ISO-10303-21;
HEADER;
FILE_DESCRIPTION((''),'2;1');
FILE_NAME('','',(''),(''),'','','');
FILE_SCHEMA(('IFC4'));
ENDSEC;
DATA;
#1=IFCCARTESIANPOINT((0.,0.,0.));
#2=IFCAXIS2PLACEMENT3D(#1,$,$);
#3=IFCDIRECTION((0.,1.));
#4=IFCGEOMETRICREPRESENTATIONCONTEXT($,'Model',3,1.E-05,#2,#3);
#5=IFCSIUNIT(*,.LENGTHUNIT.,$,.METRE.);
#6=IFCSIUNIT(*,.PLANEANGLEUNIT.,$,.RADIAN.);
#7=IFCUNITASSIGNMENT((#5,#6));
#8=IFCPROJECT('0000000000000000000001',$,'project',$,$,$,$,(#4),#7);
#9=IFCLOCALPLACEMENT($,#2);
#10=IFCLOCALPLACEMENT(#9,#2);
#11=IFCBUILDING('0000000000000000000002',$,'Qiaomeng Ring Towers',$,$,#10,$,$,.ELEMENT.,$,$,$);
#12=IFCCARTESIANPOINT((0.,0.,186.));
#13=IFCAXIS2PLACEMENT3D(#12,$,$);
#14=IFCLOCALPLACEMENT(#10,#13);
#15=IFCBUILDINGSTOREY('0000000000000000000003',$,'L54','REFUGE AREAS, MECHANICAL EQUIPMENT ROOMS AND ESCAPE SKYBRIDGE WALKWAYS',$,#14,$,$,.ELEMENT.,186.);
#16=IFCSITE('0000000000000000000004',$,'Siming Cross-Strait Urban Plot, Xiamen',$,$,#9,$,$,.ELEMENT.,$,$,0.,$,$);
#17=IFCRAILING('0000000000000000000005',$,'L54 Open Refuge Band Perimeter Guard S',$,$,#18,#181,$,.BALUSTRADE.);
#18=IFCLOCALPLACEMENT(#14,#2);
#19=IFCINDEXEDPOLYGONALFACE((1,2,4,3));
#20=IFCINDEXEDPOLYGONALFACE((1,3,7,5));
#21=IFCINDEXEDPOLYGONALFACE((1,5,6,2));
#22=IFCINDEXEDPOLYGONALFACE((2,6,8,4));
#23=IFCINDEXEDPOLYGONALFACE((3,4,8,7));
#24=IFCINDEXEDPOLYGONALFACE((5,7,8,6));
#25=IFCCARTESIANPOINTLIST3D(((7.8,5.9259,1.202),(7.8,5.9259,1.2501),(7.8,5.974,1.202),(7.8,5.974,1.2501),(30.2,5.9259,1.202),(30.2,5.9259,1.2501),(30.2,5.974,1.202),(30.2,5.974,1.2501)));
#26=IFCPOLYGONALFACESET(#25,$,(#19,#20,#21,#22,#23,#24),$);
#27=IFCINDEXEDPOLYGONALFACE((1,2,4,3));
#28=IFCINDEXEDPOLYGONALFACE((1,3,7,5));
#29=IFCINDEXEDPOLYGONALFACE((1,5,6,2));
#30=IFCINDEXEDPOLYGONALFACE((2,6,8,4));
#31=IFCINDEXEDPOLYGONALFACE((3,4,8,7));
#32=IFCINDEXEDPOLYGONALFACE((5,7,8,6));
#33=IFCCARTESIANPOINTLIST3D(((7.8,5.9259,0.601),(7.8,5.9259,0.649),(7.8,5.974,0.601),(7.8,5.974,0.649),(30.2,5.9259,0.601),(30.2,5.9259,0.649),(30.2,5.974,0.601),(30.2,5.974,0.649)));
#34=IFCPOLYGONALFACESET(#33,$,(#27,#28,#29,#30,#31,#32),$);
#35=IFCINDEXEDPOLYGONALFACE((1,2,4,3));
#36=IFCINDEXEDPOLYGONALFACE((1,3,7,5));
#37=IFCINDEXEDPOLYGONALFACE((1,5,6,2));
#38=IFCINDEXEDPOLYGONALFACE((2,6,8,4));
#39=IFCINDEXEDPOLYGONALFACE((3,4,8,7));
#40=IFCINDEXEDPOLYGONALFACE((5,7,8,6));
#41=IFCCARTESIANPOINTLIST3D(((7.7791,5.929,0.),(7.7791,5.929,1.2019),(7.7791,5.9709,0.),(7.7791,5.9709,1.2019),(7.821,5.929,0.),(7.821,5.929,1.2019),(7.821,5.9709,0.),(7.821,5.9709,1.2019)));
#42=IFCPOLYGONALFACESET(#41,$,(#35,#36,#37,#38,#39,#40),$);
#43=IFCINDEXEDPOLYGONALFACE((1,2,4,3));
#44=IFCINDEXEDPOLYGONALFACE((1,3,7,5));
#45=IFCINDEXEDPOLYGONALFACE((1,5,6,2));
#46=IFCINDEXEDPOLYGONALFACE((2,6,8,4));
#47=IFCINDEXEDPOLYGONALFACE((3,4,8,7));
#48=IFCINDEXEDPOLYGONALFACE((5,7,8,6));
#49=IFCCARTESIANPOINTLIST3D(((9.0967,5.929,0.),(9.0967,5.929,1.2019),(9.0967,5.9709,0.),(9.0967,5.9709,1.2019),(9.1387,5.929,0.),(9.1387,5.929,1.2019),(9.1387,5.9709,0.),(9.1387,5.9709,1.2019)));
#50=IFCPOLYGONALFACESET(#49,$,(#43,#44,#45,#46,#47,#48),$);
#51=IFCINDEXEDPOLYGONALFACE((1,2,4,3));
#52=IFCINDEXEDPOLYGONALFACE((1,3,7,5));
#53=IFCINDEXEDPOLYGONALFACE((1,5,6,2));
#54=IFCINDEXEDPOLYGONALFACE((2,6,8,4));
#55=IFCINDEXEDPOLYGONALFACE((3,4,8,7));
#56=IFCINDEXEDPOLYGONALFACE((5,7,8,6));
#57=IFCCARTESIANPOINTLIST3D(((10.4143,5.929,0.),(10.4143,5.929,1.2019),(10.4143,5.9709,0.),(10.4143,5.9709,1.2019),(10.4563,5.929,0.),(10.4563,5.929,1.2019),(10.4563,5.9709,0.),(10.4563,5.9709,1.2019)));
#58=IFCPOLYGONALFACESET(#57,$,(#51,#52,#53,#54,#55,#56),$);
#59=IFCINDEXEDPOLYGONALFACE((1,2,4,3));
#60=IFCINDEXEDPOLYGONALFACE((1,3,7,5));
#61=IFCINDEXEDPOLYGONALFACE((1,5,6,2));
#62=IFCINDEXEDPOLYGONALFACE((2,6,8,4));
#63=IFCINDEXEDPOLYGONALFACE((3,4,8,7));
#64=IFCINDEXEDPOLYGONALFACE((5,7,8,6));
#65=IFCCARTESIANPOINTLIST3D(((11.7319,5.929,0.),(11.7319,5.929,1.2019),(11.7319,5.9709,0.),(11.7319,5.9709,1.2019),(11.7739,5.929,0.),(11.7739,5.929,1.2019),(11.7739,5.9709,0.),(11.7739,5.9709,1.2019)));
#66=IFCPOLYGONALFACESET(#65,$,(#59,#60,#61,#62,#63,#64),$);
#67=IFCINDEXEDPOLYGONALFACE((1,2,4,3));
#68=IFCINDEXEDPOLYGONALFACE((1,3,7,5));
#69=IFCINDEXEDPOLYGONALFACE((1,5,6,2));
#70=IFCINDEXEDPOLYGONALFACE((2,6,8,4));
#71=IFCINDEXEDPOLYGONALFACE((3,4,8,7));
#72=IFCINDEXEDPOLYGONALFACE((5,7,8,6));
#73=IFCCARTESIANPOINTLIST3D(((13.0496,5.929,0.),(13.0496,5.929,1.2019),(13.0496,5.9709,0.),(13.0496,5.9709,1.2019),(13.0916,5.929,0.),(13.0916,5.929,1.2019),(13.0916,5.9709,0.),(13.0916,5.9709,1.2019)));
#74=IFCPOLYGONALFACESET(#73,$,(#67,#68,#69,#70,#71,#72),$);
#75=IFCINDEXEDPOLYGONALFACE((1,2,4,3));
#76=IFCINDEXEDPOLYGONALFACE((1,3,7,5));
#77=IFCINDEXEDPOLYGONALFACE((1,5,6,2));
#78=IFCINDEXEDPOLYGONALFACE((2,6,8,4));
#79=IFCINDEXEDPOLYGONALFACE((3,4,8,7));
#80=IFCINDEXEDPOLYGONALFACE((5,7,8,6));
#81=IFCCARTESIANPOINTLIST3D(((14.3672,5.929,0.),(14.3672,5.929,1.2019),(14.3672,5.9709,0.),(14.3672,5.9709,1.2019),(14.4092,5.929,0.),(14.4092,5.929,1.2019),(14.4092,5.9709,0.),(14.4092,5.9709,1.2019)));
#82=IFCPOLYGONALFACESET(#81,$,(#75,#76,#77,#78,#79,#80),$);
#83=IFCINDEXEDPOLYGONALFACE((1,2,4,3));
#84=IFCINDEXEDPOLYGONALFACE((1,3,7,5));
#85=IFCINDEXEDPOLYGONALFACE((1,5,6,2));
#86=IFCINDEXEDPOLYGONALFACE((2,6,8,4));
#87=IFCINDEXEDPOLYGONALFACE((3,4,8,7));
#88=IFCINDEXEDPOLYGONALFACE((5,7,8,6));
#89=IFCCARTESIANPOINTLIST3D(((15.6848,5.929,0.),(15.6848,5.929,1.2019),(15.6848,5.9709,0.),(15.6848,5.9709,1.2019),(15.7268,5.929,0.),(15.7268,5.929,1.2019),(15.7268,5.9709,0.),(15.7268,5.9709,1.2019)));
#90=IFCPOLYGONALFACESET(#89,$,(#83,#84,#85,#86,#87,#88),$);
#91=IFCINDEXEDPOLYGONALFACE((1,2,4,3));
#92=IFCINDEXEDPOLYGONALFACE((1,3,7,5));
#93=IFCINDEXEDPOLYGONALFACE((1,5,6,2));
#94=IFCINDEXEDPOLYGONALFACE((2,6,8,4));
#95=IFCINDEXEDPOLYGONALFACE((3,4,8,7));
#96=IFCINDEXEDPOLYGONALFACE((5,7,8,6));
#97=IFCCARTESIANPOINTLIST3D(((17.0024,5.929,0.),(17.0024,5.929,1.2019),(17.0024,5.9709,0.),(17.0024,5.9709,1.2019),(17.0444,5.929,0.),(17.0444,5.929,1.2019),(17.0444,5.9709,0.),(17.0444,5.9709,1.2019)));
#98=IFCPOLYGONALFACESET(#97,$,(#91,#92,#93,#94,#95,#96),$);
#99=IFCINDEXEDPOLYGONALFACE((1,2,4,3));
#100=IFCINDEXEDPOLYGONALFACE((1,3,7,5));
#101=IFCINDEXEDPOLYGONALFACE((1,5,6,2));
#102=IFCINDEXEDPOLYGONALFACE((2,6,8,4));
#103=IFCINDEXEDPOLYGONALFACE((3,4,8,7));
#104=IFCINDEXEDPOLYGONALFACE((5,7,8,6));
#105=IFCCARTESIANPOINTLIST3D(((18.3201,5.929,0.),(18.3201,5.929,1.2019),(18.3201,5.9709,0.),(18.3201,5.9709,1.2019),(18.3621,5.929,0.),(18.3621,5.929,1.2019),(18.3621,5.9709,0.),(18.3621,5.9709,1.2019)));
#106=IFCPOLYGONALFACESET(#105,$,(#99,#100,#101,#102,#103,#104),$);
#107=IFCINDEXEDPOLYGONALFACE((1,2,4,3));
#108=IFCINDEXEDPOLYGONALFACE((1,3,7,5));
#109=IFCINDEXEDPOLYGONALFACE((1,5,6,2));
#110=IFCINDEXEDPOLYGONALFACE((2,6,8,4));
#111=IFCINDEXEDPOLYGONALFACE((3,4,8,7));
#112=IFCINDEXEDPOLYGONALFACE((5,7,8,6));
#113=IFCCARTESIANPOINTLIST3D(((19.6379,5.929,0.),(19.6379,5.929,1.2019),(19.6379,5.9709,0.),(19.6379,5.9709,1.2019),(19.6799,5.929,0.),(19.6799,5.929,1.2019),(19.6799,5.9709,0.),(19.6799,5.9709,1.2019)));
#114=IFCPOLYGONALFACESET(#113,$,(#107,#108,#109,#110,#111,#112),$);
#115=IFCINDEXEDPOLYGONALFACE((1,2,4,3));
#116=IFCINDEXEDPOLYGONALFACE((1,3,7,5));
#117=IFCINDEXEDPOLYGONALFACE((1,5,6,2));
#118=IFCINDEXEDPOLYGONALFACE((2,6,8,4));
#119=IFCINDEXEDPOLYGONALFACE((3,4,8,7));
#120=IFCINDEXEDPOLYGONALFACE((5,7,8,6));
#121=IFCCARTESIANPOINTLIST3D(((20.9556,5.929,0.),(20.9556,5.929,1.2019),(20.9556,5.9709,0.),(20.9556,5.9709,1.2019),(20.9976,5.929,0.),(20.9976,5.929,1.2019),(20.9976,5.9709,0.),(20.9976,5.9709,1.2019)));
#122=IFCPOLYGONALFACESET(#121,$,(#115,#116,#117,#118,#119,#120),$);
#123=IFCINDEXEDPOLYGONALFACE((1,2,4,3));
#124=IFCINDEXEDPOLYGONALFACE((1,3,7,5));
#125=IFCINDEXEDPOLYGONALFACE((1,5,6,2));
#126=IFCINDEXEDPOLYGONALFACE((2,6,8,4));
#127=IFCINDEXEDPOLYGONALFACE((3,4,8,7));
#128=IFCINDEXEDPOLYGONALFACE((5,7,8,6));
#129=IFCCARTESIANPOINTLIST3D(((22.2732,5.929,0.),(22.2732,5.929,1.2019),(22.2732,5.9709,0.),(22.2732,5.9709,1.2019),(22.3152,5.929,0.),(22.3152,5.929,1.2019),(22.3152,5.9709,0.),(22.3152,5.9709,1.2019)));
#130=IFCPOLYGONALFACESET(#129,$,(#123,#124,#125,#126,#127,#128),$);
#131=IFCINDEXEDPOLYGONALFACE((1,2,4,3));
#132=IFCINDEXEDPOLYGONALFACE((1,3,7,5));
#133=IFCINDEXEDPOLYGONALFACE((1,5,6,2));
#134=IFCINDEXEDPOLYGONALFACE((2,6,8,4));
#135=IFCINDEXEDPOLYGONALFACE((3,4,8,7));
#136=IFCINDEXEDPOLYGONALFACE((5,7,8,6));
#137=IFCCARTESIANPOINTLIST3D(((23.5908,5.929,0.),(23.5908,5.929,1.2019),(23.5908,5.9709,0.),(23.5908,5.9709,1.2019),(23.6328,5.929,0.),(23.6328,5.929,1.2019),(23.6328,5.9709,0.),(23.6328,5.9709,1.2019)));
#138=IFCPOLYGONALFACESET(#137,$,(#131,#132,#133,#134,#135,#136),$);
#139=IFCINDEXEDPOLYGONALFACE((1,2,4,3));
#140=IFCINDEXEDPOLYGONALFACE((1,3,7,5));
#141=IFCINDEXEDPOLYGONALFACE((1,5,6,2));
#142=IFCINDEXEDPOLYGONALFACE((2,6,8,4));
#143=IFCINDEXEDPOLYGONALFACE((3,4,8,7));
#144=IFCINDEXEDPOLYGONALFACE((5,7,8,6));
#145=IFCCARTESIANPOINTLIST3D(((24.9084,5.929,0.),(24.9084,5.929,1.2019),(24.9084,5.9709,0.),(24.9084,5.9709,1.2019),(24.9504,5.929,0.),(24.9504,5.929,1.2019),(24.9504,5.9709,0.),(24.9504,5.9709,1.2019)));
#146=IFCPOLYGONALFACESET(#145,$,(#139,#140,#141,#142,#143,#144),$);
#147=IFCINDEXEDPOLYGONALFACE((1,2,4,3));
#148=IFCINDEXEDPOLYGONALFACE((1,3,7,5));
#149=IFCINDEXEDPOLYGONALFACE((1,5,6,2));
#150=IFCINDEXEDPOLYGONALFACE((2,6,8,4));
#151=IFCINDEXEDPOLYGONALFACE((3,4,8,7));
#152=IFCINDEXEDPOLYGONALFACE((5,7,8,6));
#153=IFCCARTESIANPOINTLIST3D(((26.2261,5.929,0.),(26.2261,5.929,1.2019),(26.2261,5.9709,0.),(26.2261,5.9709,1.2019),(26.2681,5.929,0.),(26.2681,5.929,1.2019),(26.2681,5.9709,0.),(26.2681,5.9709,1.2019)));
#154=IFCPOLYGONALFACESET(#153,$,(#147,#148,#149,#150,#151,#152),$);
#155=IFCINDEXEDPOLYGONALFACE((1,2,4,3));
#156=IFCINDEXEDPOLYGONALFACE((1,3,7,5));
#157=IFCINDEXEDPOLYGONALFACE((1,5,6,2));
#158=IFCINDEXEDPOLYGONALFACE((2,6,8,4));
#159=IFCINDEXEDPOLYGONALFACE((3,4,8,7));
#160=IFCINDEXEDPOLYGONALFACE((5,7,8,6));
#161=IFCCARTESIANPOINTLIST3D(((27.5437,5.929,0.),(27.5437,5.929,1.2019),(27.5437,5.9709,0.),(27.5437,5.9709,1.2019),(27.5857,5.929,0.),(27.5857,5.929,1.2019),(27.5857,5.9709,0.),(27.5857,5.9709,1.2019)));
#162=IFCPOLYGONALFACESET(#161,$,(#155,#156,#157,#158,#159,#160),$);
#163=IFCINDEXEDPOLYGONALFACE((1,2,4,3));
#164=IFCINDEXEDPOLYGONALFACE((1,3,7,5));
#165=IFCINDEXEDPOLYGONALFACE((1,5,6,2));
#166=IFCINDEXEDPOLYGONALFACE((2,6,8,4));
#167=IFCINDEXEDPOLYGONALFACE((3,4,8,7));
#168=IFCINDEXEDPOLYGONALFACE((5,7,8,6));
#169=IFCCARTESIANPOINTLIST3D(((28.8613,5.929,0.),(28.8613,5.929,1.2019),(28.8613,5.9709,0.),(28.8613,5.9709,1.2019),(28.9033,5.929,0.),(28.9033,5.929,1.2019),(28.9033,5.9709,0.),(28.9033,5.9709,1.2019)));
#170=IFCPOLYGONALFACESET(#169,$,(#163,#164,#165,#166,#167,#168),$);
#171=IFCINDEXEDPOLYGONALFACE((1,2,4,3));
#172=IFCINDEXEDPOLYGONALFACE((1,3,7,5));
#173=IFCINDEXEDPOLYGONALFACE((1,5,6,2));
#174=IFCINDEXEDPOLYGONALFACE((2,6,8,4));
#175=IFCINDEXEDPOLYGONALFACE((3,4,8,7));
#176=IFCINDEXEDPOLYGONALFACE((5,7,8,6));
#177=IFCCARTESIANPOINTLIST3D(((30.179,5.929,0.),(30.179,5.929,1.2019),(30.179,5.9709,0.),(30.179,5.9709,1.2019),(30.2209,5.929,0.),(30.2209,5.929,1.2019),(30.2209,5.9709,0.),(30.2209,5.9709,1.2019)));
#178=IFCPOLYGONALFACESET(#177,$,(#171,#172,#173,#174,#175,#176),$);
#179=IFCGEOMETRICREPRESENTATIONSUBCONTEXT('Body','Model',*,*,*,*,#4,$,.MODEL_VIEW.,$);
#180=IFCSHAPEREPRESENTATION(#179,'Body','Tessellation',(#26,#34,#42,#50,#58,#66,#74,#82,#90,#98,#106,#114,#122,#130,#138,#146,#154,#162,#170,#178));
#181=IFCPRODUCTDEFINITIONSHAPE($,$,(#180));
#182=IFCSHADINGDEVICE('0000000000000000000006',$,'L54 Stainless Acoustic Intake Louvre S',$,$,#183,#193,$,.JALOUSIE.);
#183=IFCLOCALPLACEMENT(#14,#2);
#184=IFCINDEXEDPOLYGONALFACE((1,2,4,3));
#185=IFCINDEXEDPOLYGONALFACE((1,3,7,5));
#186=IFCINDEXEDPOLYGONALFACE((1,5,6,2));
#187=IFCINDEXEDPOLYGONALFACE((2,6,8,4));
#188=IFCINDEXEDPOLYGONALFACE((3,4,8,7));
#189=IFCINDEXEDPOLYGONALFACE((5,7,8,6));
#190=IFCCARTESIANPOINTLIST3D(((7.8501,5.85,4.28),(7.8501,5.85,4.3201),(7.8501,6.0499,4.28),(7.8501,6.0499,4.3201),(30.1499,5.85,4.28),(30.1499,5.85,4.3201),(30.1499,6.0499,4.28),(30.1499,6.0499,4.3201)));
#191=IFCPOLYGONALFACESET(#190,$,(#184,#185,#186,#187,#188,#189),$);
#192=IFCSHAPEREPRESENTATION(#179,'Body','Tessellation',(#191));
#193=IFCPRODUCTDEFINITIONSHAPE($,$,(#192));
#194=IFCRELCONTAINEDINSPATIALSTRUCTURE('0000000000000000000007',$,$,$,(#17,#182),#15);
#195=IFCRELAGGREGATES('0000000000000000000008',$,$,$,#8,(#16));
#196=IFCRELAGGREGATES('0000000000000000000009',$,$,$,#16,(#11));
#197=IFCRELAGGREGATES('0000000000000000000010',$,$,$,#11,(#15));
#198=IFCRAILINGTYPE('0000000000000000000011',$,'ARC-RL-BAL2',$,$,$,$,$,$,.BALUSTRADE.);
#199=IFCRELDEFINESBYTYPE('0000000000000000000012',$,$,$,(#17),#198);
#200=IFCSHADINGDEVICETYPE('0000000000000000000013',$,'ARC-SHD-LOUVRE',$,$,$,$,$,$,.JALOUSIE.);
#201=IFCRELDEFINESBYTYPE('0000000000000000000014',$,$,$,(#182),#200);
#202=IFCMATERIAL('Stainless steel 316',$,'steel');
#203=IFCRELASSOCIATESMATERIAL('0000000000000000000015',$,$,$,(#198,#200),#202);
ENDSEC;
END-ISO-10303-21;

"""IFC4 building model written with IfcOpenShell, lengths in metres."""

from ifc_helpers import new_model, si_unit, direction, frame, origin, origin_2d, place, context, subcontext, project, spatial, rectangle, extrude, source, transform, mapped, material, material_profile, profile_set, type_object, element, save


model = new_model("IFC4")

# Units and contexts
model_context = context("Model", 3, precision=1e-05, world=origin(), true_north=direction((0.0, 1.0)))
body_context = subcontext(model_context, "Body", "Model", "MODEL_VIEW")
ifc_project = project(units=[si_unit("LENGTHUNIT", "METRE"), si_unit("PLANEANGLEUNIT", "RADIAN")], contexts=[model_context])

# Site, building, storey
site_placement = place(None, origin())
site = spatial("IfcSite", under=ifc_project, at=site_placement, Name="Siming Cross-Strait Urban Plot, Xiamen", CompositionType="ELEMENT", RefElevation=0.0)
building_placement = place(site_placement, origin())
building = spatial("IfcBuilding", under=site, at=building_placement, Name="Qiaomeng Ring Towers", CompositionType="ELEMENT")
storey_placement = place(building_placement, frame((0.0, 0.0, 186.0)))
storey = spatial("IfcBuildingStorey", under=building, at=storey_placement, Name="L54", Description="REFUGE AREAS, MECHANICAL EQUIPMENT ROOMS AND ESCAPE SKYBRIDGE WALKWAYS", CompositionType="ELEMENT", Elevation=186.0)

# Shared definitions
ifc_material_1 = material(Name="Stainless steel 316", Category="steel")

# Railing
railing_type = type_object("IfcRailingType", Name="ARC-RL-BAL2", PredefinedType="BALUSTRADE", material=ifc_material_1)
railing_placement = place(storey_placement, frame((7.8, 5.95, 0.0)))
element("IfcRailing", 1, at=railing_placement, inside=storey, type_object=railing_type, Name="L54 Open Refuge Band Perimeter Guard S", PredefinedType="BALUSTRADE", context=body_context, shape_type="SweptSolid", body=[
    extrude(rectangle(XDim=0.0481, YDim=0.0481, at=origin_2d()), frame((0.0, 0.0, 1.2261), z_axis=(1.0, 0.0, 0.0), x_axis=(0.0, 1.0, 0.0)), (0.0, 0.0, 1.0), 22.3999),
    extrude(rectangle(XDim=0.0481, YDim=0.0481, at=origin_2d()), frame((0.0, 0.0, 0.625), z_axis=(1.0, 0.0, 0.0), x_axis=(0.0, 1.0, 0.0)), (0.0, 0.0, 1.0), 22.3999),
    extrude(rectangle(XDim=0.042, YDim=0.042, at=origin_2d()), origin(), (0.0, 0.0, 1.0), 1.2019),
    extrude(rectangle(XDim=0.042, YDim=0.042, at=origin_2d()), frame((1.3176, 0.0, 0.0)), (0.0, 0.0, 1.0), 1.2019),
    extrude(rectangle(XDim=0.042, YDim=0.042, at=origin_2d()), frame((2.6353, 0.0, 0.0)), (0.0, 0.0, 1.0), 1.2019),
    extrude(rectangle(XDim=0.042, YDim=0.042, at=origin_2d()), frame((3.9529, 0.0, 0.0)), (0.0, 0.0, 1.0), 1.2019),
    extrude(rectangle(XDim=0.042, YDim=0.042, at=origin_2d()), frame((5.2705, 0.0, 0.0)), (0.0, 0.0, 1.0), 1.2019),
    extrude(rectangle(XDim=0.042, YDim=0.042, at=origin_2d()), frame((6.5881, 0.0, 0.0)), (0.0, 0.0, 1.0), 1.2019),
    extrude(rectangle(XDim=0.042, YDim=0.042, at=origin_2d()), frame((7.9058, 0.0, 0.0)), (0.0, 0.0, 1.0), 1.2019),
    extrude(rectangle(XDim=0.042, YDim=0.042, at=origin_2d()), frame((9.2234, 0.0, 0.0)), (0.0, 0.0, 1.0), 1.2019),
    extrude(rectangle(XDim=0.042, YDim=0.042, at=origin_2d()), frame((10.541, 0.0, 0.0)), (0.0, 0.0, 1.0), 1.2019),
    extrude(rectangle(XDim=0.042, YDim=0.042, at=origin_2d()), frame((11.8589, 0.0, 0.0)), (0.0, 0.0, 1.0), 1.2019),
    extrude(rectangle(XDim=0.042, YDim=0.042, at=origin_2d()), frame((13.1765, 0.0, 0.0)), (0.0, 0.0, 1.0), 1.2019),
    extrude(rectangle(XDim=0.042, YDim=0.042, at=origin_2d()), frame((14.4941, 0.0, 0.0)), (0.0, 0.0, 1.0), 1.2019),
    extrude(rectangle(XDim=0.042, YDim=0.042, at=origin_2d()), frame((15.8118, 0.0, 0.0)), (0.0, 0.0, 1.0), 1.2019),
    extrude(rectangle(XDim=0.042, YDim=0.042, at=origin_2d()), frame((17.1294, 0.0, 0.0)), (0.0, 0.0, 1.0), 1.2019),
    extrude(rectangle(XDim=0.042, YDim=0.042, at=origin_2d()), frame((18.447, 0.0, 0.0)), (0.0, 0.0, 1.0), 1.2019),
    extrude(rectangle(XDim=0.042, YDim=0.042, at=origin_2d()), frame((19.7646, 0.0, 0.0)), (0.0, 0.0, 1.0), 1.2019),
    extrude(rectangle(XDim=0.042, YDim=0.042, at=origin_2d()), frame((21.0823, 0.0, 0.0)), (0.0, 0.0, 1.0), 1.2019),
    extrude(rectangle(XDim=0.042, YDim=0.042, at=origin_2d()), frame((22.3999, 0.0, 0.0)), (0.0, 0.0, 1.0), 1.2019),
])

# Shading device
ifc_material_profile_1 = material_profile(ifc_material_1, rectangle(XDim=0.2, YDim=0.04, at=origin_2d()), Name="LV BLADE 200x40")
ifc_profile_set_1 = profile_set([ifc_material_profile_1], Name="Stainless steel 316")
shading_device_type = type_object("IfcShadingDeviceType", Name="ARC-SHD-LOUVRE", PredefinedType="JALOUSIE", material=ifc_profile_set_1)
shared_shape_1 = source(origin(), body_context, "Body", "SweptSolid", [
    extrude(rectangle(XDim=0.2, YDim=0.04, at=origin_2d()), origin(), (0.0, 0.0, 1.0), 22.2998),
])
shading_device_placement = place(storey_placement, frame((7.8501, 5.95, 4.3), z_axis=(1.0, 0.0, 0.0), x_axis=(0.0, 1.0, 0.0)))
element("IfcShadingDevice", 2, at=shading_device_placement, inside=storey, type_object=shading_device_type, Name="L54 Stainless Acoustic Intake Louvre S", PredefinedType="JALOUSIE", context=body_context, shape_type="MappedRepresentation", body=[
    mapped(shared_shape_1, transform((0.0, 0.0, 0.0), x_axis=(1.0, 0.0, 0.0), y_axis=(0.0, 1.0, 0.0), z_axis=(0.0, 0.0, 1.0), scale=1.0)),
])

save(model, "model.ifc")
